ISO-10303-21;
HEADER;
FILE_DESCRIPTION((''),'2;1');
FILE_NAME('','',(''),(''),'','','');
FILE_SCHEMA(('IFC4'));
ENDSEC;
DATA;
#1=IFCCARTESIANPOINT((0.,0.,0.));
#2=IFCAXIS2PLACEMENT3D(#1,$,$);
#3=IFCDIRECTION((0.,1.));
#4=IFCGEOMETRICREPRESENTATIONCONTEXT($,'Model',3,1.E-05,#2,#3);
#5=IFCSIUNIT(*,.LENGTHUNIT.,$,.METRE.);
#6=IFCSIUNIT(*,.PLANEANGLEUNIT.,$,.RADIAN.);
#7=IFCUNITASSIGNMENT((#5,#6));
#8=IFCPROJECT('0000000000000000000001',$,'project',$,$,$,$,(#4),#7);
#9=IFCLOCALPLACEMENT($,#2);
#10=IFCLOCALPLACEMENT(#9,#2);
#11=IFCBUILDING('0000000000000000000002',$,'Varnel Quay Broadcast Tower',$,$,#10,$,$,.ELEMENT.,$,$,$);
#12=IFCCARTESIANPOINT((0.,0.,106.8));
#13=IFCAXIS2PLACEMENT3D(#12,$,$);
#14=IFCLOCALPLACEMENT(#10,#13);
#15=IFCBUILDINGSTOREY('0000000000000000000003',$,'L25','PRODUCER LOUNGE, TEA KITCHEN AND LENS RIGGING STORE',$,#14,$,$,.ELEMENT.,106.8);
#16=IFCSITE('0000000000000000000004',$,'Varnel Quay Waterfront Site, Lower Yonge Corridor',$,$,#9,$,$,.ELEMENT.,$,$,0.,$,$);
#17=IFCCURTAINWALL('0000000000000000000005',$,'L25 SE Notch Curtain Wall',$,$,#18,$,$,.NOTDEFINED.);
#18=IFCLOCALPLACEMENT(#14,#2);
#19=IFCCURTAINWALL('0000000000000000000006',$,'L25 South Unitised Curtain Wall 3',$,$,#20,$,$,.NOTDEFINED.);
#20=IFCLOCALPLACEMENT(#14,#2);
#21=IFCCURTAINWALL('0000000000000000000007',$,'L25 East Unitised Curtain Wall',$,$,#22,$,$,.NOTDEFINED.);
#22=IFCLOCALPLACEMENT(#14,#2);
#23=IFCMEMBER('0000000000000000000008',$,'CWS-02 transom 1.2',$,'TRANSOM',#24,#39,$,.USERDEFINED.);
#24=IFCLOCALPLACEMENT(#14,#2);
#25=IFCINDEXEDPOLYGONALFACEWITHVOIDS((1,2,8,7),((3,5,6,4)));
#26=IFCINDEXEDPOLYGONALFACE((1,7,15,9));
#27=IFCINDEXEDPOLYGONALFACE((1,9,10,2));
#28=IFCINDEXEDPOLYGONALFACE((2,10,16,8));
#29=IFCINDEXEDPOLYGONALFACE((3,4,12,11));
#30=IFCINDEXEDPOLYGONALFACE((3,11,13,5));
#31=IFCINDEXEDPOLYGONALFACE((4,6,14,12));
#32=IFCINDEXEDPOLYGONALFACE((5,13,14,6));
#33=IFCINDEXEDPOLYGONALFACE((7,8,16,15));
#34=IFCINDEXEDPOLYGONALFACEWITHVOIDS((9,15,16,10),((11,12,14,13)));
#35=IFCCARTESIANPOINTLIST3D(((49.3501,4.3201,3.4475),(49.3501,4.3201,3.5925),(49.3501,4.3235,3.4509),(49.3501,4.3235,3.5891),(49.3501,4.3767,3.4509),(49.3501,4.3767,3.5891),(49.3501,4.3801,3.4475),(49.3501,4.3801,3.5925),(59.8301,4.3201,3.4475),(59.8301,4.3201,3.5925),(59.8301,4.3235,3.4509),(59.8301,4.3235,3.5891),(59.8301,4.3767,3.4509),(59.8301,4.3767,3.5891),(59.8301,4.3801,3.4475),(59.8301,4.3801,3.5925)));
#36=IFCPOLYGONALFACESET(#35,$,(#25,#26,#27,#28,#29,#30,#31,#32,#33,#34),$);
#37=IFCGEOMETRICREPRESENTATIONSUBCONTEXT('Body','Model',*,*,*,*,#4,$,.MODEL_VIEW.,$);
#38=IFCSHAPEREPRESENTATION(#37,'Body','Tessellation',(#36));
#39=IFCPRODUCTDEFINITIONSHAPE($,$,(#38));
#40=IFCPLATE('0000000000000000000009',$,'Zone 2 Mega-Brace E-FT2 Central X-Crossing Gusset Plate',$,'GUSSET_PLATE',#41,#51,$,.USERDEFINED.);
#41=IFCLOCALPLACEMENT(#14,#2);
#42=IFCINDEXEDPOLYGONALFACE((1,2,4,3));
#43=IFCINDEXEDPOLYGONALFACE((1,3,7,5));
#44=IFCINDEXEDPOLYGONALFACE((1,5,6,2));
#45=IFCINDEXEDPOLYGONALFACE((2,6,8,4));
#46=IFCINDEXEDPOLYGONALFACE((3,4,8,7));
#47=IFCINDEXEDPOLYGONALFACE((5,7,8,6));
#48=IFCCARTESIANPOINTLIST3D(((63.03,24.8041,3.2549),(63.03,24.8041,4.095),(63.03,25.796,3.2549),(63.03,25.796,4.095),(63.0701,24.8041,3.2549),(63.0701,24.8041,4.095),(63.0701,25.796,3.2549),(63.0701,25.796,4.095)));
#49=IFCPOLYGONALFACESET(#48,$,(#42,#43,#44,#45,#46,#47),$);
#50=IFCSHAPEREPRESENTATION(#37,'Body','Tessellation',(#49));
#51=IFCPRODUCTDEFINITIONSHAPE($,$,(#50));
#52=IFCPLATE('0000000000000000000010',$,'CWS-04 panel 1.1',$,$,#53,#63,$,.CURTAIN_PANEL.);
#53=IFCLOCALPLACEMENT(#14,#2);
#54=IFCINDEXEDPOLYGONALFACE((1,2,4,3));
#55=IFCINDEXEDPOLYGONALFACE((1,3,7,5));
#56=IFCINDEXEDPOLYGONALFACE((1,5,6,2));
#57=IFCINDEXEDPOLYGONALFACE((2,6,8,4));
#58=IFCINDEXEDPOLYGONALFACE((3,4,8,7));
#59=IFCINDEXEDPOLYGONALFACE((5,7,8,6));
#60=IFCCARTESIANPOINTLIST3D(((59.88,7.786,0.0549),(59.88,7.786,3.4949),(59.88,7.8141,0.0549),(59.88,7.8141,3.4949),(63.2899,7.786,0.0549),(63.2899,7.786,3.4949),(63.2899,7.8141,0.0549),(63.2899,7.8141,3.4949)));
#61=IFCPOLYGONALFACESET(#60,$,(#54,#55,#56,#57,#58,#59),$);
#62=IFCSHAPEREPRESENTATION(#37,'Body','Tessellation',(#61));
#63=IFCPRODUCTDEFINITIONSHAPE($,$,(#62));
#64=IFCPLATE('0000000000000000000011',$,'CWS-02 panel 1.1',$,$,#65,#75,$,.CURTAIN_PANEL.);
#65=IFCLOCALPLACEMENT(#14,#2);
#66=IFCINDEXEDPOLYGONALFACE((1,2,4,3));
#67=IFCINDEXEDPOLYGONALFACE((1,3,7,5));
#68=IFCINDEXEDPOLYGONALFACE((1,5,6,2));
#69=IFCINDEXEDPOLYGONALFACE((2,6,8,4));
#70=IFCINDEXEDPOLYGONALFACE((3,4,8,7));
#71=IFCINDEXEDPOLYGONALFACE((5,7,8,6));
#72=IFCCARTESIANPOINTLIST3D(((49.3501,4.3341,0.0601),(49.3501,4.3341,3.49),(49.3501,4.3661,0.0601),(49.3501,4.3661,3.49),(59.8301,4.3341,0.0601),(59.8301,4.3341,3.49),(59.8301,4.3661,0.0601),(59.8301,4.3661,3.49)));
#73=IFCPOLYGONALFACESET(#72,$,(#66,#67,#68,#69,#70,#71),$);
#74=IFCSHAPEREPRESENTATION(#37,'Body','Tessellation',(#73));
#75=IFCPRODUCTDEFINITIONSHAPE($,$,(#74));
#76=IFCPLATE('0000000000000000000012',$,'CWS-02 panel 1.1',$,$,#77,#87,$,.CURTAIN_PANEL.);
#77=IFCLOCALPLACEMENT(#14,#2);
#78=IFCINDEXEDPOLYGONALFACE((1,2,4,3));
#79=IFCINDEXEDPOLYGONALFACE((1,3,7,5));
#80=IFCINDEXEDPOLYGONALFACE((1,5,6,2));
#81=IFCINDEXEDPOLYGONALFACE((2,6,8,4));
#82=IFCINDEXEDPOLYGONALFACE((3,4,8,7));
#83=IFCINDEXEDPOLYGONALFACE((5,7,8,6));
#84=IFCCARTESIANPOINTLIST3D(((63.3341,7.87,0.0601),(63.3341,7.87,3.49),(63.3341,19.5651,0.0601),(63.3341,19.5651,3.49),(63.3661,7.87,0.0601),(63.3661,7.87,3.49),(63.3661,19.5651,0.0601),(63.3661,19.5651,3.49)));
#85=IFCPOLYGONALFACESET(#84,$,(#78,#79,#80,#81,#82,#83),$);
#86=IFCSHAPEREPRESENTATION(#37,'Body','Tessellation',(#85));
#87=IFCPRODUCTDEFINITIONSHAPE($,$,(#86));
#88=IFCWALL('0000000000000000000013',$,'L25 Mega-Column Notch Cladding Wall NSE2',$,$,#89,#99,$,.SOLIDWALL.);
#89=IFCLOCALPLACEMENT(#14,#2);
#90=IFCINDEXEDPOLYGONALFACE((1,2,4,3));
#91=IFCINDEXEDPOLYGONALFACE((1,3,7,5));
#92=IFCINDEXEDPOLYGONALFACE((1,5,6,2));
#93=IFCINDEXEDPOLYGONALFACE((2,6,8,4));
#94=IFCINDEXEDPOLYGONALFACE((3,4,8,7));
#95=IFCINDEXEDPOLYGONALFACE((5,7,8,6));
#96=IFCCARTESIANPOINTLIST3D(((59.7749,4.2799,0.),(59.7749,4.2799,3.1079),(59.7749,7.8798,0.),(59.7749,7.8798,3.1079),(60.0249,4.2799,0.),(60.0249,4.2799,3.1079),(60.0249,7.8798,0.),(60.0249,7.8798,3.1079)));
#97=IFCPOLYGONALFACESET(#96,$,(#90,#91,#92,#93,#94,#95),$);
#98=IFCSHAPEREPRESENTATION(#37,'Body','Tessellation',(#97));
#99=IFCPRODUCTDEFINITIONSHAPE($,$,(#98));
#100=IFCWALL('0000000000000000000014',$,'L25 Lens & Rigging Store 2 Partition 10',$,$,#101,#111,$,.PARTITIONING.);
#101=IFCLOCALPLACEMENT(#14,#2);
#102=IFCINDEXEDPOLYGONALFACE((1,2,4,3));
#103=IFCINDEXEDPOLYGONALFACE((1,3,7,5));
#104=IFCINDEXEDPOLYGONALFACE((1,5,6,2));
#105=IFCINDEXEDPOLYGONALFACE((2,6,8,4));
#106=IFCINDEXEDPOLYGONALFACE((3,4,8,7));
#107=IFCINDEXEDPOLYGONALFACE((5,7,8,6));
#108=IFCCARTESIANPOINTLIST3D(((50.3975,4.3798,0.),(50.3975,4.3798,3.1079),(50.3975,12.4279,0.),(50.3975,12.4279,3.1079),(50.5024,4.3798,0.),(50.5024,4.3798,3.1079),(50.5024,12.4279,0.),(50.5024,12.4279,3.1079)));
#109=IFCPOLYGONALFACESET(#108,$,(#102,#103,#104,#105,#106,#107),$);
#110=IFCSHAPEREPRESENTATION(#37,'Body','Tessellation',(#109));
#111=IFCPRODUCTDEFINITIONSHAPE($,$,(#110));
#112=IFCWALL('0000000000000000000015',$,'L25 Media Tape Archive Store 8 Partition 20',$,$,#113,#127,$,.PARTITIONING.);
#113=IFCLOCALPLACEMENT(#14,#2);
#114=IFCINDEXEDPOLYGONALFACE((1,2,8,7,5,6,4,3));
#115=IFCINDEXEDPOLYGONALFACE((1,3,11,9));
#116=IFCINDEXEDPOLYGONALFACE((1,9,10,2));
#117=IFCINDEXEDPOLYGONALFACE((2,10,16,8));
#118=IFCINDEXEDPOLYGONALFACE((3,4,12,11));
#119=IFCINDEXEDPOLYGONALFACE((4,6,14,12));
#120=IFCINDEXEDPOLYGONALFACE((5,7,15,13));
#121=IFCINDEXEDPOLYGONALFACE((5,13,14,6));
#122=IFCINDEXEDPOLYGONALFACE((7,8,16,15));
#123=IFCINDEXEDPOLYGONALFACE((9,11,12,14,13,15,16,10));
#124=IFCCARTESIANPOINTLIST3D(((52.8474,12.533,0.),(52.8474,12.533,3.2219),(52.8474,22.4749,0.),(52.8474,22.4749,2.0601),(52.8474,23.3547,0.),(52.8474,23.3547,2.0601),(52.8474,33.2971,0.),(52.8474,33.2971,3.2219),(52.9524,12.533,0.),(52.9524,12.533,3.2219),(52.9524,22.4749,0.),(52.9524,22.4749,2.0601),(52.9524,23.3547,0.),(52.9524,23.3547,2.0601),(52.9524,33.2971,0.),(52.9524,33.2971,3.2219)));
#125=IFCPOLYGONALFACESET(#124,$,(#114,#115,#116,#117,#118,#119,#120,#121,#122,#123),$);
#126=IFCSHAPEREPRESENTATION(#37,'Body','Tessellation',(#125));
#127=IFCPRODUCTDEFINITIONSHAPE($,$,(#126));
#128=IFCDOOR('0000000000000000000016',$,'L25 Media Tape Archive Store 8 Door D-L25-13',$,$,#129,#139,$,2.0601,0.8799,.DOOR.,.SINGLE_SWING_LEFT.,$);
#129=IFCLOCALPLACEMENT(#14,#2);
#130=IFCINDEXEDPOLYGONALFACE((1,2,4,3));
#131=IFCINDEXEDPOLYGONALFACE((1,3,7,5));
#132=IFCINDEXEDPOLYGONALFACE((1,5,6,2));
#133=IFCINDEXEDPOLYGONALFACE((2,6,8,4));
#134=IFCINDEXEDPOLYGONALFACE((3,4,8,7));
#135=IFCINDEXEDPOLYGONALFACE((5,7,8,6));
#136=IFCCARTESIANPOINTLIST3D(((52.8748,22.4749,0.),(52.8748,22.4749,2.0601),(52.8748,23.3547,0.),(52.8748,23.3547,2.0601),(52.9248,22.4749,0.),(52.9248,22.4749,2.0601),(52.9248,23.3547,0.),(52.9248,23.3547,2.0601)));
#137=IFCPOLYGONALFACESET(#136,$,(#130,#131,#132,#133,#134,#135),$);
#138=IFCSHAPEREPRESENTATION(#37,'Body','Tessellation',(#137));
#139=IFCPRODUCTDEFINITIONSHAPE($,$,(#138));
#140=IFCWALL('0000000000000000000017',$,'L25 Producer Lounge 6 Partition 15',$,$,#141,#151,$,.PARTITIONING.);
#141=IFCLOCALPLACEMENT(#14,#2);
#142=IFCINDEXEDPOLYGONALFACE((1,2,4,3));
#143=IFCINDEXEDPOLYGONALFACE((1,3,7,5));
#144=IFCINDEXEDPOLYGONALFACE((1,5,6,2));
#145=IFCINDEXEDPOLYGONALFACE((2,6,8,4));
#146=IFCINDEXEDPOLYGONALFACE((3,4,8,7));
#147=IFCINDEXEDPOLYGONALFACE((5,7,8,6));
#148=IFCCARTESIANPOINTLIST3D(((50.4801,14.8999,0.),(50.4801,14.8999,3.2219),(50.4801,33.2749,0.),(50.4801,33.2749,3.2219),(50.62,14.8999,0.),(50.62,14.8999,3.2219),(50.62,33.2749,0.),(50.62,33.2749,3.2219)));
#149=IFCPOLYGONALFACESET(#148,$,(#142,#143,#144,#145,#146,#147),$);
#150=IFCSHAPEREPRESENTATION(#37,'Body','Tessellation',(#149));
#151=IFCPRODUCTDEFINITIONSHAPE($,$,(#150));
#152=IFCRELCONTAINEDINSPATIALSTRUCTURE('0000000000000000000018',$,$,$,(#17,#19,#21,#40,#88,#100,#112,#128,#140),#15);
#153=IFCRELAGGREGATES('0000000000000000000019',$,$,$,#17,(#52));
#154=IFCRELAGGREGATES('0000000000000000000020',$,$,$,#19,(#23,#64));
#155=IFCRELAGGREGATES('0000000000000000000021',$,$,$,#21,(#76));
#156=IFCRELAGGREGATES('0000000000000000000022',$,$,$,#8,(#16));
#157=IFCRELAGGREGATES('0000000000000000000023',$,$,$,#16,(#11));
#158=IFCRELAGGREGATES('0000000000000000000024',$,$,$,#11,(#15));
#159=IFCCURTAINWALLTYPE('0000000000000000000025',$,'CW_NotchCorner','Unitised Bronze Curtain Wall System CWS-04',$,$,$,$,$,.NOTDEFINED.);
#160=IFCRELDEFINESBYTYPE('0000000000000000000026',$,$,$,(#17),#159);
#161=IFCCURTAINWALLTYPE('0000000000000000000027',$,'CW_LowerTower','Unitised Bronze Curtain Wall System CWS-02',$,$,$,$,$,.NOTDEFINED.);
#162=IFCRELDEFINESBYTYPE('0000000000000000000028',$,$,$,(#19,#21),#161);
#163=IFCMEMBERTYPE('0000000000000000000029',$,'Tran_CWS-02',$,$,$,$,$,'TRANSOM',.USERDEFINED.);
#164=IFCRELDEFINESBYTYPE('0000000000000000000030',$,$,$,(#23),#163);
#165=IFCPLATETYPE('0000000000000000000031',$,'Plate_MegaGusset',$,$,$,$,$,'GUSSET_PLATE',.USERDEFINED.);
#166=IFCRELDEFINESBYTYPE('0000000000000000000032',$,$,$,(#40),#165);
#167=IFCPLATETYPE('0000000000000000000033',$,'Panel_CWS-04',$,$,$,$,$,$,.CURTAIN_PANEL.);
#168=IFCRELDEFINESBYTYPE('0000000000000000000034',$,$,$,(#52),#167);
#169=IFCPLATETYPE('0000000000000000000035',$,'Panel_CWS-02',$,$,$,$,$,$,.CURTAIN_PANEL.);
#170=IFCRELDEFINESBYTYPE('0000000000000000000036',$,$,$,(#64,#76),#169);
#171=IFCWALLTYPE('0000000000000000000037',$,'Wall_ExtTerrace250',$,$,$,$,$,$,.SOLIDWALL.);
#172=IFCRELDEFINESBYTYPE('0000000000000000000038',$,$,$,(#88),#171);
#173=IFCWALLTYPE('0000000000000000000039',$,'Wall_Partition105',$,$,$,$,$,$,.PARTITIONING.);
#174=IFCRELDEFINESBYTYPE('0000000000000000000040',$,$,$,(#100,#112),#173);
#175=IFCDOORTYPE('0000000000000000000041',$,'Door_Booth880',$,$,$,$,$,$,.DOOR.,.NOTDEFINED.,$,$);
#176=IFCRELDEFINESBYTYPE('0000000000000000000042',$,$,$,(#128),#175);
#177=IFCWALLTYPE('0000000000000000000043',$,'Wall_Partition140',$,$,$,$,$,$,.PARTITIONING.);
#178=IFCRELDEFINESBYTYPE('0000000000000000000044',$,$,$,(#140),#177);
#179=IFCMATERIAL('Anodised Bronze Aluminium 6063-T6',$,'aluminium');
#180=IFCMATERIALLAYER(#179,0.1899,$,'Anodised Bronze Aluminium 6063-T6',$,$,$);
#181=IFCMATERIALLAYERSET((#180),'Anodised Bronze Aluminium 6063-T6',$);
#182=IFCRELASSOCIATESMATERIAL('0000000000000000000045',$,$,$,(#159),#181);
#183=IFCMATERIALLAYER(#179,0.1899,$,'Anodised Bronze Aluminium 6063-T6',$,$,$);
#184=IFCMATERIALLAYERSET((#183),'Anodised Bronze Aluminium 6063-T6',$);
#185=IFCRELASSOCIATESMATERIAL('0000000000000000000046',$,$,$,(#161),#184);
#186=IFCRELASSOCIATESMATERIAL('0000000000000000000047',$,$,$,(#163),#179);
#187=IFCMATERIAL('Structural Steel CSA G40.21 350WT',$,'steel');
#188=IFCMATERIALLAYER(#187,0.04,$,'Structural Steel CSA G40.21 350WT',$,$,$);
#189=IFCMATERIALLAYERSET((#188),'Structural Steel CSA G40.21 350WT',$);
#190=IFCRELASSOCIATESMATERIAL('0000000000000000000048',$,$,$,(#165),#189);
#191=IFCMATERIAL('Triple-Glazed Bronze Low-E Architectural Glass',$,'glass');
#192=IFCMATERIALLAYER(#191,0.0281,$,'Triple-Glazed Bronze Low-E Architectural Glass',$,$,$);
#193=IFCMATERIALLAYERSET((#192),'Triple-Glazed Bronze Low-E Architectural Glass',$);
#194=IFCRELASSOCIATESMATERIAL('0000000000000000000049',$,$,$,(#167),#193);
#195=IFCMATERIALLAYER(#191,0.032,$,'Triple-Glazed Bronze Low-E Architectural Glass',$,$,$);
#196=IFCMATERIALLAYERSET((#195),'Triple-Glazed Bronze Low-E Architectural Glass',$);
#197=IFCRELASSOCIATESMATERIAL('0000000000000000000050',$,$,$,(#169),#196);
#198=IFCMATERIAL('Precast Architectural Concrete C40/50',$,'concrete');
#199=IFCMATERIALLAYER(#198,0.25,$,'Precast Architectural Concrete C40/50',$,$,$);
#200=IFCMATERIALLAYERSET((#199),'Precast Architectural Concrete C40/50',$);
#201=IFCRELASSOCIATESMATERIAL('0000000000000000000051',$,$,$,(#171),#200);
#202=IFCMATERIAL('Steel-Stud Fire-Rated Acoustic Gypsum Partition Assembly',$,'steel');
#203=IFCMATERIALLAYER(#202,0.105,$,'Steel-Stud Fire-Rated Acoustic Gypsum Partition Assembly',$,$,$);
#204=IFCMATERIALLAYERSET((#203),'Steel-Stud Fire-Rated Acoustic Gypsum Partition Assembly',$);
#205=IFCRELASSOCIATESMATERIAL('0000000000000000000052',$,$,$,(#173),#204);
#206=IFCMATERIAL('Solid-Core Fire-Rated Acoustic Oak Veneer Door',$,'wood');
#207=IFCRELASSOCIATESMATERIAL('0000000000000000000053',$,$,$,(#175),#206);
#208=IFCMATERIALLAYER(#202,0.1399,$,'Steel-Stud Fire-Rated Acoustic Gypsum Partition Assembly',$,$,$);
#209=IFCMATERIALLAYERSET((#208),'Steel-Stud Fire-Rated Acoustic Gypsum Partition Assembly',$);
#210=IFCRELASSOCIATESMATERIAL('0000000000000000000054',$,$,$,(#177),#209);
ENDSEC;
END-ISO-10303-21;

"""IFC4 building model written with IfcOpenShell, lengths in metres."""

from ifc_helpers import new_model, si_unit, direction, frame, frame_2d, origin, origin_2d, place, context, subcontext, project, spatial, rectangle, hollow_rectangle, extrude, source, transform, mapped, material, layer, layer_set, material_profile, profile_set, type_object, type_shapes, element, fill, aggregate, save


model = new_model("IFC4")

# Units and contexts
model_context = context("Model", 3, precision=1e-05, world=origin(), true_north=direction((0.0, 1.0)))
body_context = subcontext(model_context, "Body", "Model", "MODEL_VIEW")
ifc_project = project(units=[si_unit("LENGTHUNIT", "METRE"), si_unit("PLANEANGLEUNIT", "RADIAN")], contexts=[model_context])

# Site, building, storey
site_placement = place(None, origin())
site = spatial("IfcSite", under=ifc_project, at=site_placement, Name="Varnel Quay Waterfront Site, Lower Yonge Corridor", CompositionType="ELEMENT", RefElevation=0.0)
building_placement = place(site_placement, origin())
building = spatial("IfcBuilding", under=site, at=building_placement, Name="Varnel Quay Broadcast Tower", CompositionType="ELEMENT")
storey_placement = place(building_placement, frame((0.0, 0.0, 106.8)))
storey = spatial("IfcBuildingStorey", under=building, at=storey_placement, Name="L25", Description="PRODUCER LOUNGE, TEA KITCHEN AND LENS RIGGING STORE", CompositionType="ELEMENT", Elevation=106.8)

# Shared definitions
ifc_material_1 = material(Name="Structural Steel CSA G40.21 350WT", Category="steel")

# Curtain walls
ifc_material_2 = material(Name="Anodised Bronze Aluminium 6063-T6", Category="aluminium")
ifc_layer_1 = layer(ifc_material_2, 0.1899, Name="Anodised Bronze Aluminium 6063-T6")
ifc_layer_set_1 = layer_set([ifc_layer_1], Name="Anodised Bronze Aluminium 6063-T6")
curtain_wall_type_1 = type_object("IfcCurtainWallType", Name="CW_NotchCorner", Description="Unitised Bronze Curtain Wall System CWS-04", PredefinedType="NOTDEFINED", material=ifc_layer_set_1)
curtain_wall_1_placement = place(storey_placement, origin())
curtain_wall_1 = element("IfcCurtainWall", 1, at=curtain_wall_1_placement, inside=storey, type_object=curtain_wall_type_1, Name="L25 SE Notch Curtain Wall", PredefinedType="NOTDEFINED")
ifc_layer_2 = layer(ifc_material_2, 0.1899, Name="Anodised Bronze Aluminium 6063-T6")
ifc_layer_set_2 = layer_set([ifc_layer_2], Name="Anodised Bronze Aluminium 6063-T6")
curtain_wall_type_2 = type_object("IfcCurtainWallType", Name="CW_LowerTower", Description="Unitised Bronze Curtain Wall System CWS-02", PredefinedType="NOTDEFINED", material=ifc_layer_set_2)
curtain_wall_2_placement = place(storey_placement, origin())
curtain_wall_2 = element("IfcCurtainWall", 2, at=curtain_wall_2_placement, inside=storey, type_object=curtain_wall_type_2, Name="L25 South Unitised Curtain Wall 3", PredefinedType="NOTDEFINED")
curtain_wall_3_placement = place(storey_placement, origin())
curtain_wall_3 = element("IfcCurtainWall", 3, at=curtain_wall_3_placement, inside=storey, type_object=curtain_wall_type_2, Name="L25 East Unitised Curtain Wall", PredefinedType="NOTDEFINED")
ifc_material_profile_1 = material_profile(ifc_material_2, hollow_rectangle(XDim=0.0601, YDim=0.145, WallThickness=0.0034, at=origin_2d()), Name="ALU60X145X3.5")
ifc_profile_set_1 = profile_set([ifc_material_profile_1], Name="Anodised Bronze Aluminium 6063-T6")
member_type_1 = type_object("IfcMemberType", Name="Tran_CWS-02", ElementType="TRANSOM", PredefinedType="USERDEFINED", material=ifc_profile_set_1)

# Member
shared_shape_1 = source(origin(), body_context, "Body", "SweptSolid", [
    extrude(hollow_rectangle(XDim=0.0601, YDim=0.145, WallThickness=0.0034, at=origin_2d()), origin(), (0.0, 0.0, 1.0), 10.48),
])
member_1_placement = place(storey_placement, frame((49.3501, 4.3501, 3.52), z_axis=(1.0, 0.0, 0.0), x_axis=(0.0, 1.0, 0.0)))
member_1 = element("IfcMember", 4, at=member_1_placement, type_object=member_type_1, Name="CWS-02 transom 1.2", ObjectType="TRANSOM", PredefinedType="USERDEFINED", context=body_context, shape_type="MappedRepresentation", body=[
    mapped(shared_shape_1, transform((0.0, 0.0, 0.0), x_axis=(1.0, 0.0, 0.0), y_axis=(0.0, 1.0, 0.0), z_axis=(0.0, 0.0, 1.0), scale=1.0)),
])

# Plates
ifc_layer_3 = layer(ifc_material_1, 0.04, Name="Structural Steel CSA G40.21 350WT")
ifc_layer_set_3 = layer_set([ifc_layer_3], Name="Structural Steel CSA G40.21 350WT")
plate_type_1 = type_object("IfcPlateType", Name="Plate_MegaGusset", ElementType="GUSSET_PLATE", PredefinedType="USERDEFINED", material=ifc_layer_set_3)
shared_shape_2 = source(origin(), body_context, "Body", "SweptSolid", [
    extrude(rectangle(XDim=0.9919, YDim=0.04, at=origin_2d()), origin(), (0.0, 0.0, 1.0), 0.8401),
])
type_shapes(plate_type_1, [shared_shape_2])
plate_1_placement = place(storey_placement, frame((63.05, 25.3, 3.2549), z_axis=(0.0, 0.0, 1.0), x_axis=(0.0, 1.0, 0.0)))
element("IfcPlate", 5, at=plate_1_placement, inside=storey, type_object=plate_type_1, Name="Zone 2 Mega-Brace E-FT2 Central X-Crossing Gusset Plate", ObjectType="GUSSET_PLATE", PredefinedType="USERDEFINED", context=body_context, shape_type="MappedRepresentation", body=[
    mapped(shared_shape_2, transform((0.0, 0.0, 0.0), x_axis=(1.0, 0.0, 0.0), y_axis=(0.0, 1.0, 0.0), z_axis=(0.0, 0.0, 1.0), scale=1.0)),
])
ifc_material_3 = material(Name="Triple-Glazed Bronze Low-E Architectural Glass", Category="glass")
ifc_layer_4 = layer(ifc_material_3, 0.0281, Name="Triple-Glazed Bronze Low-E Architectural Glass")
ifc_layer_set_4 = layer_set([ifc_layer_4], Name="Triple-Glazed Bronze Low-E Architectural Glass")
plate_type_2 = type_object("IfcPlateType", Name="Panel_CWS-04", PredefinedType="CURTAIN_PANEL", material=ifc_layer_set_4)
shared_shape_3 = source(origin(), body_context, "Body", "SweptSolid", [
    extrude(rectangle(XDim=3.4099, YDim=0.0281, at=origin_2d()), origin(), (0.0, 0.0, 1.0), 3.4399),
])
type_shapes(plate_type_2, [shared_shape_3])
plate_2_placement = place(storey_placement, frame((61.585, 7.8, 0.0549), z_axis=(0.0, 0.0, 1.0), x_axis=(1.0, 0.0, 0.0)))
plate_2 = element("IfcPlate", 6, at=plate_2_placement, type_object=plate_type_2, Name="CWS-04 panel 1.1", PredefinedType="CURTAIN_PANEL", context=body_context, shape_type="MappedRepresentation", body=[
    mapped(shared_shape_3, transform((0.0, 0.0, 0.0), x_axis=(1.0, 0.0, 0.0), y_axis=(0.0, 1.0, 0.0), z_axis=(0.0, 0.0, 1.0), scale=1.0)),
])
aggregate(curtain_wall_1, [plate_2])
ifc_layer_5 = layer(ifc_material_3, 0.032, Name="Triple-Glazed Bronze Low-E Architectural Glass")
ifc_layer_set_5 = layer_set([ifc_layer_5], Name="Triple-Glazed Bronze Low-E Architectural Glass")
plate_type_3 = type_object("IfcPlateType", Name="Panel_CWS-02", PredefinedType="CURTAIN_PANEL", material=ifc_layer_set_5)
shared_shape_4 = source(origin(), body_context, "Body", "SweptSolid", [
    extrude(rectangle(XDim=10.48, YDim=0.032, at=origin_2d()), origin(), (0.0, 0.0, 1.0), 3.4299),
])
plate_3_placement = place(storey_placement, frame((54.5901, 4.3501, 0.0601), z_axis=(0.0, 0.0, 1.0), x_axis=(1.0, 0.0, 0.0)))
plate_3 = element("IfcPlate", 7, at=plate_3_placement, type_object=plate_type_3, Name="CWS-02 panel 1.1", PredefinedType="CURTAIN_PANEL", context=body_context, shape_type="MappedRepresentation", body=[
    mapped(shared_shape_4, transform((0.0, 0.0, 0.0), x_axis=(1.0, 0.0, 0.0), y_axis=(0.0, 1.0, 0.0), z_axis=(0.0, 0.0, 1.0), scale=1.0)),
])
aggregate(curtain_wall_2, [member_1, plate_3])
shared_shape_5 = source(origin(), body_context, "Body", "SweptSolid", [
    extrude(rectangle(XDim=11.6951, YDim=0.032, at=origin_2d()), origin(), (0.0, 0.0, 1.0), 3.4299),
])
type_shapes(plate_type_3, [shared_shape_4, shared_shape_5])
plate_4_placement = place(storey_placement, frame((63.3501, 13.7175, 0.0601), z_axis=(0.0, 0.0, 1.0), x_axis=(0.0, 1.0, 0.0)))
plate_4 = element("IfcPlate", 8, at=plate_4_placement, type_object=plate_type_3, Name="CWS-02 panel 1.1", PredefinedType="CURTAIN_PANEL", context=body_context, shape_type="MappedRepresentation", body=[
    mapped(shared_shape_5, transform((0.0, 0.0, 0.0), x_axis=(1.0, 0.0, 0.0), y_axis=(0.0, 1.0, 0.0), z_axis=(0.0, 0.0, 1.0), scale=1.0)),
])
aggregate(curtain_wall_3, [plate_4])

# Walls
ifc_material_4 = material(Name="Precast Architectural Concrete C40/50", Category="concrete")
ifc_layer_6 = layer(ifc_material_4, 0.25, Name="Precast Architectural Concrete C40/50")
ifc_layer_set_6 = layer_set([ifc_layer_6], Name="Precast Architectural Concrete C40/50")
wall_type_1 = type_object("IfcWallType", Name="Wall_ExtTerrace250", PredefinedType="SOLIDWALL", material=ifc_layer_set_6)
wall_1_placement = place(storey_placement, frame((59.8999, 4.28, 0.0), z_axis=(0.0, 0.0, 1.0), x_axis=(0.0, 1.0, 0.0)))
element("IfcWall", 9, at=wall_1_placement, inside=storey, type_object=wall_type_1, Name="L25 Mega-Column Notch Cladding Wall NSE2", PredefinedType="SOLIDWALL", context=body_context, shape_type="SweptSolid", body=[
    extrude(rectangle(XDim=3.5999, YDim=0.25, at=frame_2d((1.7998, 0.0))), origin(), (0.0, 0.0, 1.0), 3.1079),
])
ifc_material_5 = material(Name="Steel-Stud Fire-Rated Acoustic Gypsum Partition Assembly", Category="steel")
ifc_layer_7 = layer(ifc_material_5, 0.105, Name="Steel-Stud Fire-Rated Acoustic Gypsum Partition Assembly")
ifc_layer_set_7 = layer_set([ifc_layer_7], Name="Steel-Stud Fire-Rated Acoustic Gypsum Partition Assembly")
wall_type_2 = type_object("IfcWallType", Name="Wall_Partition105", PredefinedType="PARTITIONING", material=ifc_layer_set_7)
wall_2_placement = place(storey_placement, frame((50.45, 4.3799, 0.0), z_axis=(0.0, 0.0, 1.0), x_axis=(0.0, 1.0, 0.0)))
element("IfcWall", 10, at=wall_2_placement, inside=storey, type_object=wall_type_2, Name="L25 Lens & Rigging Store 2 Partition 10", PredefinedType="PARTITIONING", context=body_context, shape_type="SweptSolid", body=[
    extrude(rectangle(XDim=8.0481, YDim=0.105, at=frame_2d((4.0239, 0.0))), origin(), (0.0, 0.0, 1.0), 3.1079),
])

# Wall, opening, door
wall_3_placement = place(storey_placement, frame((52.8999, 12.533, 0.0), z_axis=(0.0, 0.0, 1.0), x_axis=(0.0, 1.0, 0.0)))
wall_3 = element("IfcWall", 11, at=wall_3_placement, inside=storey, type_object=wall_type_2, Name="L25 Media Tape Archive Store 8 Partition 20", PredefinedType="PARTITIONING", context=body_context, shape_type="SweptSolid", body=[
    extrude(rectangle(XDim=20.7642, YDim=0.105, at=frame_2d((10.3821, 0.0))), origin(), (0.0, 0.0, 1.0), 3.2219),
])
opening_placement = place(wall_3_placement, frame((9.9419, 0.0, 0.0)))
opening = element("IfcOpeningElement", 12, at=opening_placement, cuts=wall_3, PredefinedType="OPENING", context=body_context, shape_type="SweptSolid", body=[
    extrude(rectangle(XDim=0.8799, YDim=2.0601, at=frame_2d((0.4399, 1.03))), frame((0.0, 0.0625, 0.0), z_axis=(0.0, -1.0, 0.0), x_axis=(1.0, 0.0, 0.0)), (0.0, 0.0, 1.0), 0.125),
])
ifc_material_6 = material(Name="Solid-Core Fire-Rated Acoustic Oak Veneer Door", Category="wood")
door_type = type_object("IfcDoorType", Name="Door_Booth880", OperationType="NOTDEFINED", PredefinedType="DOOR", material=ifc_material_6)
shared_shape_6 = source(origin(), body_context, "Body", "SweptSolid", [
    extrude(rectangle(XDim=0.8799, YDim=2.0601, at=frame_2d((0.4399, 1.03))), frame((0.0, 0.0249, 0.0), z_axis=(0.0, -1.0, 0.0), x_axis=(1.0, 0.0, 0.0)), (0.0, 0.0, 1.0), 0.05),
])
type_shapes(door_type, [shared_shape_6])
door_placement = place(opening_placement, frame((0.8799, 0.0, 0.0), z_axis=(0.0, 0.0, 1.0), x_axis=(-1.0, 0.0, 0.0)))
door = element("IfcDoor", 13, at=door_placement, inside=storey, type_object=door_type, Name="L25 Media Tape Archive Store 8 Door D-L25-13", OperationType="SINGLE_SWING_LEFT", OverallHeight=2.0601, OverallWidth=0.8799, PredefinedType="DOOR", context=body_context, shape_type="MappedRepresentation", body=[
    mapped(shared_shape_6, transform((0.0, 0.0, 0.0), x_axis=(1.0, 0.0, 0.0), y_axis=(0.0, 1.0, 0.0), z_axis=(0.0, 0.0, 1.0), scale=1.0)),
])
fill(opening, door)

# Wall
ifc_layer_8 = layer(ifc_material_5, 0.1399, Name="Steel-Stud Fire-Rated Acoustic Gypsum Partition Assembly")
ifc_layer_set_8 = layer_set([ifc_layer_8], Name="Steel-Stud Fire-Rated Acoustic Gypsum Partition Assembly")
wall_type_3 = type_object("IfcWallType", Name="Wall_Partition140", PredefinedType="PARTITIONING", material=ifc_layer_set_8)
wall_4_placement = place(storey_placement, frame((50.55, 14.8999, 0.0), z_axis=(0.0, 0.0, 1.0), x_axis=(0.0, 1.0, 0.0)))
element("IfcWall", 14, at=wall_4_placement, inside=storey, type_object=wall_type_3, Name="L25 Producer Lounge 6 Partition 15", PredefinedType="PARTITIONING", context=body_context, shape_type="SweptSolid", body=[
    extrude(rectangle(XDim=18.375, YDim=0.1399, at=frame_2d((9.1875, 0.0))), origin(), (0.0, 0.0, 1.0), 3.2219),
])

save(model, "model.ifc")
